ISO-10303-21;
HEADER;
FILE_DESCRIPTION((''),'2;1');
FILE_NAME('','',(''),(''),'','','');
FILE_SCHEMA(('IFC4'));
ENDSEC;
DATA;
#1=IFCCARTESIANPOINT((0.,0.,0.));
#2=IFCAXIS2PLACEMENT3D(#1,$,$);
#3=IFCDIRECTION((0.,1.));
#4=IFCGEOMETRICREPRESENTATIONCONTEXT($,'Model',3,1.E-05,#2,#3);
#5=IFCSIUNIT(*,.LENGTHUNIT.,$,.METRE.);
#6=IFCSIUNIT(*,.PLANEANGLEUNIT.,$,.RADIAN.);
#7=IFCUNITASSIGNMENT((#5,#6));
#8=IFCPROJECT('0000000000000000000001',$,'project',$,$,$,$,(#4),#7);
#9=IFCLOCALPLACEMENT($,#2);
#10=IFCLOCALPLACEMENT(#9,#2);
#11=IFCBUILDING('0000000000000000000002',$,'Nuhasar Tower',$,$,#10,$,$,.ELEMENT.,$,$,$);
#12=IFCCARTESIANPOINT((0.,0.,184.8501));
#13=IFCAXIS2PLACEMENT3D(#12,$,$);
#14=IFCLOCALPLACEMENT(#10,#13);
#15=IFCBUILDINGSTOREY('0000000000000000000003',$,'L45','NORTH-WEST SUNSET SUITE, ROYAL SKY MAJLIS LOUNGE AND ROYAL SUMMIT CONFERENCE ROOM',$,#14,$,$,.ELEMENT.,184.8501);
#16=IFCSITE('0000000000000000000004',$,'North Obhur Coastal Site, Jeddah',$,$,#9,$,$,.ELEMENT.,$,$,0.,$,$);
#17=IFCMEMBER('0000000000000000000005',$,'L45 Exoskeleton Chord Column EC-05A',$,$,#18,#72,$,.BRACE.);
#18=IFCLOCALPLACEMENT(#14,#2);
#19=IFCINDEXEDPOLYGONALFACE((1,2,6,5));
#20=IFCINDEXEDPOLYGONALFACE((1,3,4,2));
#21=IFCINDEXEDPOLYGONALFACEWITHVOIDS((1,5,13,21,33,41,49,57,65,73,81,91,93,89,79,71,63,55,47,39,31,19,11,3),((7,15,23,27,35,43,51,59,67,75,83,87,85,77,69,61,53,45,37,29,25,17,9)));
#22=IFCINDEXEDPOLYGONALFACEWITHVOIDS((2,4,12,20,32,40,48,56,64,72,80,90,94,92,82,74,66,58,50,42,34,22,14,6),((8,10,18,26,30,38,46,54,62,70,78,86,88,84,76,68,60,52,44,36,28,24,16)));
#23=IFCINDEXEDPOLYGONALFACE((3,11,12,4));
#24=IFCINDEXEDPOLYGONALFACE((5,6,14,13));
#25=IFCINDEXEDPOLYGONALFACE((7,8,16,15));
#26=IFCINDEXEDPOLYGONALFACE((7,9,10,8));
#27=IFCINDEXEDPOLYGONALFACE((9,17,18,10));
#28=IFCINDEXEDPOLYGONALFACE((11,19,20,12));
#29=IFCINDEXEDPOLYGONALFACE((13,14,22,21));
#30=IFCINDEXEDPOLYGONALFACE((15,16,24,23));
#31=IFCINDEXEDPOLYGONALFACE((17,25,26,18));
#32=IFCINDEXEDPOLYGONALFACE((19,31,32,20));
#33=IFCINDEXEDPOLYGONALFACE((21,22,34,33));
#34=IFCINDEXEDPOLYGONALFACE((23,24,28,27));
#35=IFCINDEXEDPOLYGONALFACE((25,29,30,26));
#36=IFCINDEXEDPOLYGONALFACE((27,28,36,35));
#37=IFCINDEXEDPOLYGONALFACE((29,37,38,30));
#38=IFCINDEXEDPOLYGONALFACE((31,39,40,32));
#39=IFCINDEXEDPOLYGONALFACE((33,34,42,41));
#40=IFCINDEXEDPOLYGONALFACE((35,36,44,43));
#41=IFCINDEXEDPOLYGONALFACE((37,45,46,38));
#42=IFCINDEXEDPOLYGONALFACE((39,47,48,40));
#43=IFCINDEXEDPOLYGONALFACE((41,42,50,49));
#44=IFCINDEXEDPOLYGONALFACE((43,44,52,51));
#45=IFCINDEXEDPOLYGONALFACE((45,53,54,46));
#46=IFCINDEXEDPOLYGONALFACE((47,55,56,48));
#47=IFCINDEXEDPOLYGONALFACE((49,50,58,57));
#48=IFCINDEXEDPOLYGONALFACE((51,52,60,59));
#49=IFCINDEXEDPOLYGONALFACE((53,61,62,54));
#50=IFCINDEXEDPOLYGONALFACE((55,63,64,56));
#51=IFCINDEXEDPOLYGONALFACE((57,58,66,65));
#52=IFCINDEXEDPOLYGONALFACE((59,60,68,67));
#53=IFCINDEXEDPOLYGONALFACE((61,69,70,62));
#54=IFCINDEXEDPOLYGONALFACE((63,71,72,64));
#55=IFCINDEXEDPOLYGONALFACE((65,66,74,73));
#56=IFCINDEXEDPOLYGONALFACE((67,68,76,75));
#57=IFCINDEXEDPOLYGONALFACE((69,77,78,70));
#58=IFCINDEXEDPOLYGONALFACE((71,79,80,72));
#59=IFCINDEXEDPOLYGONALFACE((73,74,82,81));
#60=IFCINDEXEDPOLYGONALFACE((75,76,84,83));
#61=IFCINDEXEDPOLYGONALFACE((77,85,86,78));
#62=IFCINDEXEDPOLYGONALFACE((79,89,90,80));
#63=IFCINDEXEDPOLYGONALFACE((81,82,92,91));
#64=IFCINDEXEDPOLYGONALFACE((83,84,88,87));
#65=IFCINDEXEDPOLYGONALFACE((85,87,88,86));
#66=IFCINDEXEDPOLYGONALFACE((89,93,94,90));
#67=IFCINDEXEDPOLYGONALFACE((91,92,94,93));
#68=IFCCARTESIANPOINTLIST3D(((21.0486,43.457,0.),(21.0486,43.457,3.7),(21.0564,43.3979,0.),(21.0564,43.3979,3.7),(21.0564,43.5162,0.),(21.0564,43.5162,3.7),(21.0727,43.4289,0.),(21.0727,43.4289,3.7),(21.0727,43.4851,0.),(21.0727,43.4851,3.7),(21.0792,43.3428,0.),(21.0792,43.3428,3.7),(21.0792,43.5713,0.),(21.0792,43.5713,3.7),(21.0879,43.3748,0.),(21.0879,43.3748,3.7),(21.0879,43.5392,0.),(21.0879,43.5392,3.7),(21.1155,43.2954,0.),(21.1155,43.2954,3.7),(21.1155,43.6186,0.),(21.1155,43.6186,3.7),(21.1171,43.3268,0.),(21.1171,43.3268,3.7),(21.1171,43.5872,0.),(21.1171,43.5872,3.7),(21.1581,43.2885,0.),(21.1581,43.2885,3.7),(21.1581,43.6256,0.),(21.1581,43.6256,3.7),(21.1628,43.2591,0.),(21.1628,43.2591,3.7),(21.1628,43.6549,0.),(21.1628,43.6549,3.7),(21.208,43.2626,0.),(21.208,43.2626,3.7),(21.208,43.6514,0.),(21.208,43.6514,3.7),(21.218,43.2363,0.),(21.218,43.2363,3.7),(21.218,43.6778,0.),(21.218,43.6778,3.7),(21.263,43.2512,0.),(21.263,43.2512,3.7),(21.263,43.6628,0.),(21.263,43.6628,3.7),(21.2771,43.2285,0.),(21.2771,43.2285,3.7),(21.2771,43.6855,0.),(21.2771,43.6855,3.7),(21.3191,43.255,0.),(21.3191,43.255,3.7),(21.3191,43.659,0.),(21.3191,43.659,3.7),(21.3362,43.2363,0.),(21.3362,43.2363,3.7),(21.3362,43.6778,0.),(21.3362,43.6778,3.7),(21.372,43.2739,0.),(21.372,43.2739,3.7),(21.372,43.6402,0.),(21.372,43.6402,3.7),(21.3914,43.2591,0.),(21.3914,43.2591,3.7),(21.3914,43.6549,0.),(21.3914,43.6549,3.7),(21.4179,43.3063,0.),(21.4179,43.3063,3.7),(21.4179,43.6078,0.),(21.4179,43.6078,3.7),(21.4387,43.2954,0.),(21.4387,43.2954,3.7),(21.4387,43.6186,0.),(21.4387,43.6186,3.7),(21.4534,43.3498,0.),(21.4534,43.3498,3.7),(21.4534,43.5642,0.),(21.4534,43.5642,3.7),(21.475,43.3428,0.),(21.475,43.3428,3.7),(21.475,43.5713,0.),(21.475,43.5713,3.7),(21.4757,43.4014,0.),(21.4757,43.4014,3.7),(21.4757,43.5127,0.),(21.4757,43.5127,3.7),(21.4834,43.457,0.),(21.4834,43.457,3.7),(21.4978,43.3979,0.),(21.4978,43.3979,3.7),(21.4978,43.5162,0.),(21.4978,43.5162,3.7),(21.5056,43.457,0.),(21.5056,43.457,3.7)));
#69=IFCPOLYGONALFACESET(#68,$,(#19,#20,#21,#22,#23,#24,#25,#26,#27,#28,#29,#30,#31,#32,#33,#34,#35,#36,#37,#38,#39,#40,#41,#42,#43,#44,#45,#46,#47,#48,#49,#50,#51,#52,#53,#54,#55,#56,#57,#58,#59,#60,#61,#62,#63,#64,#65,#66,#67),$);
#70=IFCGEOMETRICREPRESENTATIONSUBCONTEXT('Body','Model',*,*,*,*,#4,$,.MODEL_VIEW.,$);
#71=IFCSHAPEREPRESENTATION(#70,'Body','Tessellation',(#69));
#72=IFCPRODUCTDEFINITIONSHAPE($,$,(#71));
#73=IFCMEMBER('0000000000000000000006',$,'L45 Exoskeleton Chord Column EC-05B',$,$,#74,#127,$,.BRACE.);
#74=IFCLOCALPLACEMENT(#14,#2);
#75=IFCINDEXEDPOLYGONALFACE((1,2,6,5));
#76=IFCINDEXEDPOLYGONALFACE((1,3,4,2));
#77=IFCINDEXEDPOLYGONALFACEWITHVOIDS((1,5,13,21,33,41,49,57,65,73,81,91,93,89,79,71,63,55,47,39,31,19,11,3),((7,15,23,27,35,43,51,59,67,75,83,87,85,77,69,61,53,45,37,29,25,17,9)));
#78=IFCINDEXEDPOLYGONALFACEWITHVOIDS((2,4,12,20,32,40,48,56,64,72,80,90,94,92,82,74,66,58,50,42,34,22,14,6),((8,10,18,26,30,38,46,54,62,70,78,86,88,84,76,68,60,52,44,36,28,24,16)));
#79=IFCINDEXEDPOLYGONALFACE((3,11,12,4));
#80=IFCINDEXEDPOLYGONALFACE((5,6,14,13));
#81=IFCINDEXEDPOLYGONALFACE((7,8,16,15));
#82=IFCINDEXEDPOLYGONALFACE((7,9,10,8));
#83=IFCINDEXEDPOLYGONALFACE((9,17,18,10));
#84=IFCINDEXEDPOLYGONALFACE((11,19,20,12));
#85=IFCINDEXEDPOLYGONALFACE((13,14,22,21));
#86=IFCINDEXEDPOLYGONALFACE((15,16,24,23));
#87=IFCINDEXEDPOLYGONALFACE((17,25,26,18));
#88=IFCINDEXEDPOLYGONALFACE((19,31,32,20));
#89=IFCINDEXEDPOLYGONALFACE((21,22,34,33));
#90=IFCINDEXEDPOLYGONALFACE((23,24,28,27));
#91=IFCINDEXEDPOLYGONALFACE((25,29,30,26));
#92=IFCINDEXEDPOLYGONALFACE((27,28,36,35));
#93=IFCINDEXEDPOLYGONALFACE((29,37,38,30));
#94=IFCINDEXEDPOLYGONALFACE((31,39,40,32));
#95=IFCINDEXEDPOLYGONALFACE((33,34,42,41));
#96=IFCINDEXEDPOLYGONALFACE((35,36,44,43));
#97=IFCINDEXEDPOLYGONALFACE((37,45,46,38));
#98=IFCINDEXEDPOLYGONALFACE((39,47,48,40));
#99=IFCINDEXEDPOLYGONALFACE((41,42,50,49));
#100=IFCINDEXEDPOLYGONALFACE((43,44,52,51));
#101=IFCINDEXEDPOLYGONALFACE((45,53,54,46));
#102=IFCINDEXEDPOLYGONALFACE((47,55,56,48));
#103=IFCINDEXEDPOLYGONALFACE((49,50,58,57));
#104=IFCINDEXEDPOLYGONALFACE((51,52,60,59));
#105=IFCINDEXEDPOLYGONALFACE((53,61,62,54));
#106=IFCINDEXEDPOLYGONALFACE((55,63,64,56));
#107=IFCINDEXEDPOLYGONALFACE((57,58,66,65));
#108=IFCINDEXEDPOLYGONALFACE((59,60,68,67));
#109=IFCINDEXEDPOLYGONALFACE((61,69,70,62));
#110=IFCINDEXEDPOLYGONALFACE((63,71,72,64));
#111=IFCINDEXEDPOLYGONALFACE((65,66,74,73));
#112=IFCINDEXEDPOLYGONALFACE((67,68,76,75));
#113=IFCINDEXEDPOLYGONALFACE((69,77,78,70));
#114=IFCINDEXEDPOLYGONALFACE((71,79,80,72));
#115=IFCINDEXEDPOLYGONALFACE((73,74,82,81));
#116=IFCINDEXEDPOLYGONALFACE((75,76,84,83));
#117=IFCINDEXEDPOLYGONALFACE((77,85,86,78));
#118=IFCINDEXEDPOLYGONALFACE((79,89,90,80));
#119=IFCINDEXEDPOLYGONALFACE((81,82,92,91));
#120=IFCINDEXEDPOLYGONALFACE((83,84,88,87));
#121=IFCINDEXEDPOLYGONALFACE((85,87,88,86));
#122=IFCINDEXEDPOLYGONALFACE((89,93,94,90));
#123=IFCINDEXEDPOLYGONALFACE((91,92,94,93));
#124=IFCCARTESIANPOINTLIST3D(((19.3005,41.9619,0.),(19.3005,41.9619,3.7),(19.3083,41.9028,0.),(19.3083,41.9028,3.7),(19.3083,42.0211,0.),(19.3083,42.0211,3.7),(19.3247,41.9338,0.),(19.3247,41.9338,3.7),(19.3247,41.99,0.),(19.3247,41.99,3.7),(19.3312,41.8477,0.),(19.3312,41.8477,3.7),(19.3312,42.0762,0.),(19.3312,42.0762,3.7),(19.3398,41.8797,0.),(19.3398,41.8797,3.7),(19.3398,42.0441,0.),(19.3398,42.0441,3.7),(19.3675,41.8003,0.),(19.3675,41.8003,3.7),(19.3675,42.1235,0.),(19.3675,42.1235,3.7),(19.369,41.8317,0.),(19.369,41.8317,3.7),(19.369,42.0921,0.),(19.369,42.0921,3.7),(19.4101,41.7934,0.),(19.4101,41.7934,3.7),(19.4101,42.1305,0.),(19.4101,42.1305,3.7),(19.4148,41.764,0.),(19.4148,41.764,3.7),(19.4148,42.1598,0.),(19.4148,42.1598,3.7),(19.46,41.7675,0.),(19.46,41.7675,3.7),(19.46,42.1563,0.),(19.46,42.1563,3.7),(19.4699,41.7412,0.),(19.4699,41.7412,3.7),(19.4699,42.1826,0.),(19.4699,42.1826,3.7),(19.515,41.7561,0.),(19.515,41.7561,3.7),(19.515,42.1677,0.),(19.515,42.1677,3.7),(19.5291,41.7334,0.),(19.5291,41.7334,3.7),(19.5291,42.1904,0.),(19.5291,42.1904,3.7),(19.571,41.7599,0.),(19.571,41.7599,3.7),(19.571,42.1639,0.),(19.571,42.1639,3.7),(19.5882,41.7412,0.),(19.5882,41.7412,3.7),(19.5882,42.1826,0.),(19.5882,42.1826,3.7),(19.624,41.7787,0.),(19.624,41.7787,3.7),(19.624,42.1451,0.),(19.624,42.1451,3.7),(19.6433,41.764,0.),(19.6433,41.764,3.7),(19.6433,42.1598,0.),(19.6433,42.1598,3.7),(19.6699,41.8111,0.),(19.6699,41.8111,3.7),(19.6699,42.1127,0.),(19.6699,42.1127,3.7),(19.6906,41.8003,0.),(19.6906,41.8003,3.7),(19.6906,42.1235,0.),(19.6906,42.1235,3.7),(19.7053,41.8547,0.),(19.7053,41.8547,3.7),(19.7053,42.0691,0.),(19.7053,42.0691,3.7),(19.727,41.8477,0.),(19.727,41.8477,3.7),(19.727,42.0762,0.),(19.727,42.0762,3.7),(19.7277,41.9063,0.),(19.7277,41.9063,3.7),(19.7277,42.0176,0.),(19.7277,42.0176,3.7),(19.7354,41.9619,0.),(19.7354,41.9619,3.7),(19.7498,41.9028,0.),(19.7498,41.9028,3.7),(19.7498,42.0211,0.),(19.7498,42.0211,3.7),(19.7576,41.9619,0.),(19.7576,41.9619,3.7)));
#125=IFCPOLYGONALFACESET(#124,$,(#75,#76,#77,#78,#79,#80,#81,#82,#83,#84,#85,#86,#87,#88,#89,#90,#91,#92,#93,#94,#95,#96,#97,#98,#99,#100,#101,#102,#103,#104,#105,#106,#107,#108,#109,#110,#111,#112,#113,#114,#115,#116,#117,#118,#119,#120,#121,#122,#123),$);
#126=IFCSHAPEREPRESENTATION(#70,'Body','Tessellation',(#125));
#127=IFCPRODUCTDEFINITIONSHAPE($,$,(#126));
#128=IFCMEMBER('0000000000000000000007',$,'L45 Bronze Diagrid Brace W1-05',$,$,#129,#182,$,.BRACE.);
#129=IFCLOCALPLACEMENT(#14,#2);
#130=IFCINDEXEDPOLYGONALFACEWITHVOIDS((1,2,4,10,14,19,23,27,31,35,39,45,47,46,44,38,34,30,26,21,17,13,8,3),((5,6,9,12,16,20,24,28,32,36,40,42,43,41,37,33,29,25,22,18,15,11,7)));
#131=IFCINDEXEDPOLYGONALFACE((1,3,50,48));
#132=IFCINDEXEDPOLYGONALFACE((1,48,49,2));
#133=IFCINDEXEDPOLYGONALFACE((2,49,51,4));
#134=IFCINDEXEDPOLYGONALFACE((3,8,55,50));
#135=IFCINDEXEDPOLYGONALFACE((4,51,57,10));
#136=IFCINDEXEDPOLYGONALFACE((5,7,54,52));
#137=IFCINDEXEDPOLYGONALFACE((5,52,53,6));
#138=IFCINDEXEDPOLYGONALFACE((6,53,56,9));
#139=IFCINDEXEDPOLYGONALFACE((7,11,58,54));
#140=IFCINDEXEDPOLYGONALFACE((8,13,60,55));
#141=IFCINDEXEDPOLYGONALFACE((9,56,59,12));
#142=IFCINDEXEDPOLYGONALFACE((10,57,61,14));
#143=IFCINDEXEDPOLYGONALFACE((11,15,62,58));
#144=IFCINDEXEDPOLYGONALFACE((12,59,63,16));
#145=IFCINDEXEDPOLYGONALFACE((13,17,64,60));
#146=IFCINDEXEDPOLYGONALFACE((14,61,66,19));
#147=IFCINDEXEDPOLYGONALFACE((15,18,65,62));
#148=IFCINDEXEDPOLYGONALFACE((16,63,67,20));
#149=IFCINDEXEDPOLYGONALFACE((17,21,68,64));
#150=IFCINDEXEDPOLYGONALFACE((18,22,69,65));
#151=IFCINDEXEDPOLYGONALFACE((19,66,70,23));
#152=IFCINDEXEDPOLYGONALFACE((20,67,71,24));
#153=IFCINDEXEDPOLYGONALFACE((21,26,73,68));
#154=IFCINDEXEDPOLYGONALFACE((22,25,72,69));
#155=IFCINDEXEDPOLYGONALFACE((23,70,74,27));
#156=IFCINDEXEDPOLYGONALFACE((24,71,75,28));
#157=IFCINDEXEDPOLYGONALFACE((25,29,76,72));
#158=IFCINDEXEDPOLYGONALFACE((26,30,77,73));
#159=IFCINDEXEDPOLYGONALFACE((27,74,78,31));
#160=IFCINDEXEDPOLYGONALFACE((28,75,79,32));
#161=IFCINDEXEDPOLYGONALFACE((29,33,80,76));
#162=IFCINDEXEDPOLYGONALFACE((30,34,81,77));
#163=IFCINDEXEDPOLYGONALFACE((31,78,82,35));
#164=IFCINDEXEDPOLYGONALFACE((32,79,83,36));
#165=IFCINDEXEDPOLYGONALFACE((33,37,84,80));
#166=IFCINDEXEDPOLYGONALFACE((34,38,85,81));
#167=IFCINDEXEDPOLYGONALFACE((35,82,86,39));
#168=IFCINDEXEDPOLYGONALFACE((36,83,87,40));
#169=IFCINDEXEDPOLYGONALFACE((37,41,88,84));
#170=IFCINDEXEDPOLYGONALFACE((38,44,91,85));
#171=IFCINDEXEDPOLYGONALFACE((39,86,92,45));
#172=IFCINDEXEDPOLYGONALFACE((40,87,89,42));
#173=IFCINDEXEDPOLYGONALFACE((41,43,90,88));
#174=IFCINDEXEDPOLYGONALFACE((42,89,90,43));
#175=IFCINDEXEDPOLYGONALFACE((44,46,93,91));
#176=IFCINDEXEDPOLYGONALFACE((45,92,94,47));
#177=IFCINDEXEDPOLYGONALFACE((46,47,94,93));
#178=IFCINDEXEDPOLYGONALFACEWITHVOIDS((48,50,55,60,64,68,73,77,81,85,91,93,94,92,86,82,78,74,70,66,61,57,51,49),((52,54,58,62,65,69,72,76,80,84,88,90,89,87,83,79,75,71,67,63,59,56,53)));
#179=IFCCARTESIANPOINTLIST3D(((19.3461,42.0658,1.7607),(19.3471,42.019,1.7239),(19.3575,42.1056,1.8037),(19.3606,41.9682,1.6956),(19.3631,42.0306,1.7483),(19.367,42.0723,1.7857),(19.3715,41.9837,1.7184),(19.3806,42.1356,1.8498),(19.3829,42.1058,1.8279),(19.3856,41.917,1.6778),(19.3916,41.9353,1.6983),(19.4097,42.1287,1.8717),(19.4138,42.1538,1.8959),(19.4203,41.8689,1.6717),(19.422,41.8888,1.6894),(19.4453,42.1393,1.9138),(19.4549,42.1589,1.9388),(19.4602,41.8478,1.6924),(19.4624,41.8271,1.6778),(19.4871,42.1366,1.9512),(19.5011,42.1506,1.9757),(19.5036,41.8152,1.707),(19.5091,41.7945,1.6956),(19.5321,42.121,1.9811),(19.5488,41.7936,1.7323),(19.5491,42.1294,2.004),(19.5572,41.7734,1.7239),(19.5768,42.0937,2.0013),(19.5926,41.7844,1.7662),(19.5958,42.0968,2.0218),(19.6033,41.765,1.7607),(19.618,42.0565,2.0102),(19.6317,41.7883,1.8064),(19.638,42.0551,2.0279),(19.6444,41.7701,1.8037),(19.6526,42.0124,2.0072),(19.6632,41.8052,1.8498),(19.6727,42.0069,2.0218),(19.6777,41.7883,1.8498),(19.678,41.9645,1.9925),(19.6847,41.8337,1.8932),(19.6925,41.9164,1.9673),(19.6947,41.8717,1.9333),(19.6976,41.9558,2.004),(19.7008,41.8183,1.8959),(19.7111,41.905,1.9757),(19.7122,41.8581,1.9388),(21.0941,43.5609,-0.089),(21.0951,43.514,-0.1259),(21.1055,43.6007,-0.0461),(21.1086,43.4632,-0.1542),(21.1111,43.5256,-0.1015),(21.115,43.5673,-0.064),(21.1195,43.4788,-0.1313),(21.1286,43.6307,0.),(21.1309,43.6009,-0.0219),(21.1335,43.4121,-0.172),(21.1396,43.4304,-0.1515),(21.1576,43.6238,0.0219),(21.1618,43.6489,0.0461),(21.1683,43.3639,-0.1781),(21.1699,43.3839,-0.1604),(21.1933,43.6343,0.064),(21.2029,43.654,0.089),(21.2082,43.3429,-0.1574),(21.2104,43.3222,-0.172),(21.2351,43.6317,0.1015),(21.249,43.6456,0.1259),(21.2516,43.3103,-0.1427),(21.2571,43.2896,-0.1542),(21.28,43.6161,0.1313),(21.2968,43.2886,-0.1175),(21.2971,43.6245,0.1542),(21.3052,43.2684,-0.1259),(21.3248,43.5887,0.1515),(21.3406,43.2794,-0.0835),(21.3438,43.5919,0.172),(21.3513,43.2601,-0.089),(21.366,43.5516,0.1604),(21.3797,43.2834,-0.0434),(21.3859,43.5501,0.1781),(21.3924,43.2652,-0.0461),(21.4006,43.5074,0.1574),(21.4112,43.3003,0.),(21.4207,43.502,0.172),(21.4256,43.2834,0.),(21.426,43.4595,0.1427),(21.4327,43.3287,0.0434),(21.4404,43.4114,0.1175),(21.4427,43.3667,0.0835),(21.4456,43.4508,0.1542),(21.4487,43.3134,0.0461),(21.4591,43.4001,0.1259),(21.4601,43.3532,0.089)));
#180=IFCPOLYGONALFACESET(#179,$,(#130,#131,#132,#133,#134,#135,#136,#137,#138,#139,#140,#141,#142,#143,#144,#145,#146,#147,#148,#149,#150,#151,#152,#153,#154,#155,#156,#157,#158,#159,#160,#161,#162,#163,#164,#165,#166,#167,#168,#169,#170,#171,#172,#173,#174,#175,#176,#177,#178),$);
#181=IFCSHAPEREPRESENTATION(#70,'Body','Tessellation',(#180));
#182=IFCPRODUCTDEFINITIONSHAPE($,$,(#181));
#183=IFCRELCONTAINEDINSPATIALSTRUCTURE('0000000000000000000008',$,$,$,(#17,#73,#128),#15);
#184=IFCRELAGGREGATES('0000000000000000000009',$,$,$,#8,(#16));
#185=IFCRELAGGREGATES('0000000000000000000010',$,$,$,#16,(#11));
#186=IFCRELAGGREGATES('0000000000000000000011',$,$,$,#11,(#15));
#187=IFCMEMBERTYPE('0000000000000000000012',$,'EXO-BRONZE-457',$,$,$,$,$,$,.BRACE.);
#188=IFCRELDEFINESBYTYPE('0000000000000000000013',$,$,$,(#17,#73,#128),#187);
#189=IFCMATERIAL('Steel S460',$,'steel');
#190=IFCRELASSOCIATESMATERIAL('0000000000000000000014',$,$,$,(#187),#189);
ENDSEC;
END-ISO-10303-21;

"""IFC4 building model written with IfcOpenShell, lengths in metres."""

from ifc_helpers import new_model, si_unit, direction, frame, origin, origin_2d, place, context, subcontext, project, spatial, hollow_circle, extrude, material, material_profile, profile_set, type_object, element, save


model = new_model("IFC4")

# Units and contexts
model_context = context("Model", 3, precision=1e-05, world=origin(), true_north=direction((0.0, 1.0)))
body_context = subcontext(model_context, "Body", "Model", "MODEL_VIEW")
ifc_project = project(units=[si_unit("LENGTHUNIT", "METRE"), si_unit("PLANEANGLEUNIT", "RADIAN")], contexts=[model_context])

# Site, building, storey
site_placement = place(None, origin())
site = spatial("IfcSite", under=ifc_project, at=site_placement, Name="North Obhur Coastal Site, Jeddah", CompositionType="ELEMENT", RefElevation=0.0)
building_placement = place(site_placement, origin())
building = spatial("IfcBuilding", under=site, at=building_placement, Name="Nuhasar Tower", CompositionType="ELEMENT")
storey_placement = place(building_placement, frame((0.0, 0.0, 184.8501)))
storey = spatial("IfcBuildingStorey", under=building, at=storey_placement, Name="L45", Description="NORTH-WEST SUNSET SUITE, ROYAL SKY MAJLIS LOUNGE AND ROYAL SUMMIT CONFERENCE ROOM", CompositionType="ELEMENT", Elevation=184.8501)

# Members
ifc_material_1 = material(Name="Steel S460", Category="steel")
ifc_material_profile_1 = material_profile(ifc_material_1, hollow_circle(Radius=0.2285, WallThickness=0.0222, at=origin_2d()), Name="HSS457X22.2")
ifc_profile_set_1 = profile_set([ifc_material_profile_1], Name="Steel S460")
member_type_1 = type_object("IfcMemberType", Name="EXO-BRONZE-457", PredefinedType="BRACE", material=ifc_profile_set_1)
for number, where, z_axis, x_axis, name in (
    (1, (21.2771, 43.457, 0.0), (0.0, 0.0, 1.0), (1.0, 0.0, 0.0), "L45 Exoskeleton Chord Column EC-05A"),
    (2, (19.5291, 41.9619, 0.0), (0.0, 0.0, 1.0), (1.0, 0.0, 0.0), "L45 Exoskeleton Chord Column EC-05B"),
):
    element("IfcMember", number, at=place(storey_placement, frame(where, z_axis=z_axis, x_axis=x_axis)), inside=storey, type_object=member_type_1, Name=name, PredefinedType="BRACE", context=body_context, shape_type="SweptSolid", body=[
        extrude(hollow_circle(Radius=0.2285, WallThickness=0.0222, at=origin_2d()), origin(), (0.0, 0.0, 1.0), 3.7),
    ])
member_1_placement = place(storey_placement, frame((21.2771, 43.457, 0.0), z_axis=(-0.592201, -0.506514, 0.626691), x_axis=(0.649987, -0.759945, 0.0)))
element("IfcMember", 3, at=member_1_placement, inside=storey, type_object=member_type_1, Name="L45 Bronze Diagrid Brace W1-05", PredefinedType="BRACE", context=body_context, shape_type="SweptSolid", body=[
    extrude(hollow_circle(Radius=0.2285, WallThickness=0.0222, at=origin_2d()), origin(), (0.0, 0.0, 1.0), 2.9517),
])

save(model, "model.ifc")
